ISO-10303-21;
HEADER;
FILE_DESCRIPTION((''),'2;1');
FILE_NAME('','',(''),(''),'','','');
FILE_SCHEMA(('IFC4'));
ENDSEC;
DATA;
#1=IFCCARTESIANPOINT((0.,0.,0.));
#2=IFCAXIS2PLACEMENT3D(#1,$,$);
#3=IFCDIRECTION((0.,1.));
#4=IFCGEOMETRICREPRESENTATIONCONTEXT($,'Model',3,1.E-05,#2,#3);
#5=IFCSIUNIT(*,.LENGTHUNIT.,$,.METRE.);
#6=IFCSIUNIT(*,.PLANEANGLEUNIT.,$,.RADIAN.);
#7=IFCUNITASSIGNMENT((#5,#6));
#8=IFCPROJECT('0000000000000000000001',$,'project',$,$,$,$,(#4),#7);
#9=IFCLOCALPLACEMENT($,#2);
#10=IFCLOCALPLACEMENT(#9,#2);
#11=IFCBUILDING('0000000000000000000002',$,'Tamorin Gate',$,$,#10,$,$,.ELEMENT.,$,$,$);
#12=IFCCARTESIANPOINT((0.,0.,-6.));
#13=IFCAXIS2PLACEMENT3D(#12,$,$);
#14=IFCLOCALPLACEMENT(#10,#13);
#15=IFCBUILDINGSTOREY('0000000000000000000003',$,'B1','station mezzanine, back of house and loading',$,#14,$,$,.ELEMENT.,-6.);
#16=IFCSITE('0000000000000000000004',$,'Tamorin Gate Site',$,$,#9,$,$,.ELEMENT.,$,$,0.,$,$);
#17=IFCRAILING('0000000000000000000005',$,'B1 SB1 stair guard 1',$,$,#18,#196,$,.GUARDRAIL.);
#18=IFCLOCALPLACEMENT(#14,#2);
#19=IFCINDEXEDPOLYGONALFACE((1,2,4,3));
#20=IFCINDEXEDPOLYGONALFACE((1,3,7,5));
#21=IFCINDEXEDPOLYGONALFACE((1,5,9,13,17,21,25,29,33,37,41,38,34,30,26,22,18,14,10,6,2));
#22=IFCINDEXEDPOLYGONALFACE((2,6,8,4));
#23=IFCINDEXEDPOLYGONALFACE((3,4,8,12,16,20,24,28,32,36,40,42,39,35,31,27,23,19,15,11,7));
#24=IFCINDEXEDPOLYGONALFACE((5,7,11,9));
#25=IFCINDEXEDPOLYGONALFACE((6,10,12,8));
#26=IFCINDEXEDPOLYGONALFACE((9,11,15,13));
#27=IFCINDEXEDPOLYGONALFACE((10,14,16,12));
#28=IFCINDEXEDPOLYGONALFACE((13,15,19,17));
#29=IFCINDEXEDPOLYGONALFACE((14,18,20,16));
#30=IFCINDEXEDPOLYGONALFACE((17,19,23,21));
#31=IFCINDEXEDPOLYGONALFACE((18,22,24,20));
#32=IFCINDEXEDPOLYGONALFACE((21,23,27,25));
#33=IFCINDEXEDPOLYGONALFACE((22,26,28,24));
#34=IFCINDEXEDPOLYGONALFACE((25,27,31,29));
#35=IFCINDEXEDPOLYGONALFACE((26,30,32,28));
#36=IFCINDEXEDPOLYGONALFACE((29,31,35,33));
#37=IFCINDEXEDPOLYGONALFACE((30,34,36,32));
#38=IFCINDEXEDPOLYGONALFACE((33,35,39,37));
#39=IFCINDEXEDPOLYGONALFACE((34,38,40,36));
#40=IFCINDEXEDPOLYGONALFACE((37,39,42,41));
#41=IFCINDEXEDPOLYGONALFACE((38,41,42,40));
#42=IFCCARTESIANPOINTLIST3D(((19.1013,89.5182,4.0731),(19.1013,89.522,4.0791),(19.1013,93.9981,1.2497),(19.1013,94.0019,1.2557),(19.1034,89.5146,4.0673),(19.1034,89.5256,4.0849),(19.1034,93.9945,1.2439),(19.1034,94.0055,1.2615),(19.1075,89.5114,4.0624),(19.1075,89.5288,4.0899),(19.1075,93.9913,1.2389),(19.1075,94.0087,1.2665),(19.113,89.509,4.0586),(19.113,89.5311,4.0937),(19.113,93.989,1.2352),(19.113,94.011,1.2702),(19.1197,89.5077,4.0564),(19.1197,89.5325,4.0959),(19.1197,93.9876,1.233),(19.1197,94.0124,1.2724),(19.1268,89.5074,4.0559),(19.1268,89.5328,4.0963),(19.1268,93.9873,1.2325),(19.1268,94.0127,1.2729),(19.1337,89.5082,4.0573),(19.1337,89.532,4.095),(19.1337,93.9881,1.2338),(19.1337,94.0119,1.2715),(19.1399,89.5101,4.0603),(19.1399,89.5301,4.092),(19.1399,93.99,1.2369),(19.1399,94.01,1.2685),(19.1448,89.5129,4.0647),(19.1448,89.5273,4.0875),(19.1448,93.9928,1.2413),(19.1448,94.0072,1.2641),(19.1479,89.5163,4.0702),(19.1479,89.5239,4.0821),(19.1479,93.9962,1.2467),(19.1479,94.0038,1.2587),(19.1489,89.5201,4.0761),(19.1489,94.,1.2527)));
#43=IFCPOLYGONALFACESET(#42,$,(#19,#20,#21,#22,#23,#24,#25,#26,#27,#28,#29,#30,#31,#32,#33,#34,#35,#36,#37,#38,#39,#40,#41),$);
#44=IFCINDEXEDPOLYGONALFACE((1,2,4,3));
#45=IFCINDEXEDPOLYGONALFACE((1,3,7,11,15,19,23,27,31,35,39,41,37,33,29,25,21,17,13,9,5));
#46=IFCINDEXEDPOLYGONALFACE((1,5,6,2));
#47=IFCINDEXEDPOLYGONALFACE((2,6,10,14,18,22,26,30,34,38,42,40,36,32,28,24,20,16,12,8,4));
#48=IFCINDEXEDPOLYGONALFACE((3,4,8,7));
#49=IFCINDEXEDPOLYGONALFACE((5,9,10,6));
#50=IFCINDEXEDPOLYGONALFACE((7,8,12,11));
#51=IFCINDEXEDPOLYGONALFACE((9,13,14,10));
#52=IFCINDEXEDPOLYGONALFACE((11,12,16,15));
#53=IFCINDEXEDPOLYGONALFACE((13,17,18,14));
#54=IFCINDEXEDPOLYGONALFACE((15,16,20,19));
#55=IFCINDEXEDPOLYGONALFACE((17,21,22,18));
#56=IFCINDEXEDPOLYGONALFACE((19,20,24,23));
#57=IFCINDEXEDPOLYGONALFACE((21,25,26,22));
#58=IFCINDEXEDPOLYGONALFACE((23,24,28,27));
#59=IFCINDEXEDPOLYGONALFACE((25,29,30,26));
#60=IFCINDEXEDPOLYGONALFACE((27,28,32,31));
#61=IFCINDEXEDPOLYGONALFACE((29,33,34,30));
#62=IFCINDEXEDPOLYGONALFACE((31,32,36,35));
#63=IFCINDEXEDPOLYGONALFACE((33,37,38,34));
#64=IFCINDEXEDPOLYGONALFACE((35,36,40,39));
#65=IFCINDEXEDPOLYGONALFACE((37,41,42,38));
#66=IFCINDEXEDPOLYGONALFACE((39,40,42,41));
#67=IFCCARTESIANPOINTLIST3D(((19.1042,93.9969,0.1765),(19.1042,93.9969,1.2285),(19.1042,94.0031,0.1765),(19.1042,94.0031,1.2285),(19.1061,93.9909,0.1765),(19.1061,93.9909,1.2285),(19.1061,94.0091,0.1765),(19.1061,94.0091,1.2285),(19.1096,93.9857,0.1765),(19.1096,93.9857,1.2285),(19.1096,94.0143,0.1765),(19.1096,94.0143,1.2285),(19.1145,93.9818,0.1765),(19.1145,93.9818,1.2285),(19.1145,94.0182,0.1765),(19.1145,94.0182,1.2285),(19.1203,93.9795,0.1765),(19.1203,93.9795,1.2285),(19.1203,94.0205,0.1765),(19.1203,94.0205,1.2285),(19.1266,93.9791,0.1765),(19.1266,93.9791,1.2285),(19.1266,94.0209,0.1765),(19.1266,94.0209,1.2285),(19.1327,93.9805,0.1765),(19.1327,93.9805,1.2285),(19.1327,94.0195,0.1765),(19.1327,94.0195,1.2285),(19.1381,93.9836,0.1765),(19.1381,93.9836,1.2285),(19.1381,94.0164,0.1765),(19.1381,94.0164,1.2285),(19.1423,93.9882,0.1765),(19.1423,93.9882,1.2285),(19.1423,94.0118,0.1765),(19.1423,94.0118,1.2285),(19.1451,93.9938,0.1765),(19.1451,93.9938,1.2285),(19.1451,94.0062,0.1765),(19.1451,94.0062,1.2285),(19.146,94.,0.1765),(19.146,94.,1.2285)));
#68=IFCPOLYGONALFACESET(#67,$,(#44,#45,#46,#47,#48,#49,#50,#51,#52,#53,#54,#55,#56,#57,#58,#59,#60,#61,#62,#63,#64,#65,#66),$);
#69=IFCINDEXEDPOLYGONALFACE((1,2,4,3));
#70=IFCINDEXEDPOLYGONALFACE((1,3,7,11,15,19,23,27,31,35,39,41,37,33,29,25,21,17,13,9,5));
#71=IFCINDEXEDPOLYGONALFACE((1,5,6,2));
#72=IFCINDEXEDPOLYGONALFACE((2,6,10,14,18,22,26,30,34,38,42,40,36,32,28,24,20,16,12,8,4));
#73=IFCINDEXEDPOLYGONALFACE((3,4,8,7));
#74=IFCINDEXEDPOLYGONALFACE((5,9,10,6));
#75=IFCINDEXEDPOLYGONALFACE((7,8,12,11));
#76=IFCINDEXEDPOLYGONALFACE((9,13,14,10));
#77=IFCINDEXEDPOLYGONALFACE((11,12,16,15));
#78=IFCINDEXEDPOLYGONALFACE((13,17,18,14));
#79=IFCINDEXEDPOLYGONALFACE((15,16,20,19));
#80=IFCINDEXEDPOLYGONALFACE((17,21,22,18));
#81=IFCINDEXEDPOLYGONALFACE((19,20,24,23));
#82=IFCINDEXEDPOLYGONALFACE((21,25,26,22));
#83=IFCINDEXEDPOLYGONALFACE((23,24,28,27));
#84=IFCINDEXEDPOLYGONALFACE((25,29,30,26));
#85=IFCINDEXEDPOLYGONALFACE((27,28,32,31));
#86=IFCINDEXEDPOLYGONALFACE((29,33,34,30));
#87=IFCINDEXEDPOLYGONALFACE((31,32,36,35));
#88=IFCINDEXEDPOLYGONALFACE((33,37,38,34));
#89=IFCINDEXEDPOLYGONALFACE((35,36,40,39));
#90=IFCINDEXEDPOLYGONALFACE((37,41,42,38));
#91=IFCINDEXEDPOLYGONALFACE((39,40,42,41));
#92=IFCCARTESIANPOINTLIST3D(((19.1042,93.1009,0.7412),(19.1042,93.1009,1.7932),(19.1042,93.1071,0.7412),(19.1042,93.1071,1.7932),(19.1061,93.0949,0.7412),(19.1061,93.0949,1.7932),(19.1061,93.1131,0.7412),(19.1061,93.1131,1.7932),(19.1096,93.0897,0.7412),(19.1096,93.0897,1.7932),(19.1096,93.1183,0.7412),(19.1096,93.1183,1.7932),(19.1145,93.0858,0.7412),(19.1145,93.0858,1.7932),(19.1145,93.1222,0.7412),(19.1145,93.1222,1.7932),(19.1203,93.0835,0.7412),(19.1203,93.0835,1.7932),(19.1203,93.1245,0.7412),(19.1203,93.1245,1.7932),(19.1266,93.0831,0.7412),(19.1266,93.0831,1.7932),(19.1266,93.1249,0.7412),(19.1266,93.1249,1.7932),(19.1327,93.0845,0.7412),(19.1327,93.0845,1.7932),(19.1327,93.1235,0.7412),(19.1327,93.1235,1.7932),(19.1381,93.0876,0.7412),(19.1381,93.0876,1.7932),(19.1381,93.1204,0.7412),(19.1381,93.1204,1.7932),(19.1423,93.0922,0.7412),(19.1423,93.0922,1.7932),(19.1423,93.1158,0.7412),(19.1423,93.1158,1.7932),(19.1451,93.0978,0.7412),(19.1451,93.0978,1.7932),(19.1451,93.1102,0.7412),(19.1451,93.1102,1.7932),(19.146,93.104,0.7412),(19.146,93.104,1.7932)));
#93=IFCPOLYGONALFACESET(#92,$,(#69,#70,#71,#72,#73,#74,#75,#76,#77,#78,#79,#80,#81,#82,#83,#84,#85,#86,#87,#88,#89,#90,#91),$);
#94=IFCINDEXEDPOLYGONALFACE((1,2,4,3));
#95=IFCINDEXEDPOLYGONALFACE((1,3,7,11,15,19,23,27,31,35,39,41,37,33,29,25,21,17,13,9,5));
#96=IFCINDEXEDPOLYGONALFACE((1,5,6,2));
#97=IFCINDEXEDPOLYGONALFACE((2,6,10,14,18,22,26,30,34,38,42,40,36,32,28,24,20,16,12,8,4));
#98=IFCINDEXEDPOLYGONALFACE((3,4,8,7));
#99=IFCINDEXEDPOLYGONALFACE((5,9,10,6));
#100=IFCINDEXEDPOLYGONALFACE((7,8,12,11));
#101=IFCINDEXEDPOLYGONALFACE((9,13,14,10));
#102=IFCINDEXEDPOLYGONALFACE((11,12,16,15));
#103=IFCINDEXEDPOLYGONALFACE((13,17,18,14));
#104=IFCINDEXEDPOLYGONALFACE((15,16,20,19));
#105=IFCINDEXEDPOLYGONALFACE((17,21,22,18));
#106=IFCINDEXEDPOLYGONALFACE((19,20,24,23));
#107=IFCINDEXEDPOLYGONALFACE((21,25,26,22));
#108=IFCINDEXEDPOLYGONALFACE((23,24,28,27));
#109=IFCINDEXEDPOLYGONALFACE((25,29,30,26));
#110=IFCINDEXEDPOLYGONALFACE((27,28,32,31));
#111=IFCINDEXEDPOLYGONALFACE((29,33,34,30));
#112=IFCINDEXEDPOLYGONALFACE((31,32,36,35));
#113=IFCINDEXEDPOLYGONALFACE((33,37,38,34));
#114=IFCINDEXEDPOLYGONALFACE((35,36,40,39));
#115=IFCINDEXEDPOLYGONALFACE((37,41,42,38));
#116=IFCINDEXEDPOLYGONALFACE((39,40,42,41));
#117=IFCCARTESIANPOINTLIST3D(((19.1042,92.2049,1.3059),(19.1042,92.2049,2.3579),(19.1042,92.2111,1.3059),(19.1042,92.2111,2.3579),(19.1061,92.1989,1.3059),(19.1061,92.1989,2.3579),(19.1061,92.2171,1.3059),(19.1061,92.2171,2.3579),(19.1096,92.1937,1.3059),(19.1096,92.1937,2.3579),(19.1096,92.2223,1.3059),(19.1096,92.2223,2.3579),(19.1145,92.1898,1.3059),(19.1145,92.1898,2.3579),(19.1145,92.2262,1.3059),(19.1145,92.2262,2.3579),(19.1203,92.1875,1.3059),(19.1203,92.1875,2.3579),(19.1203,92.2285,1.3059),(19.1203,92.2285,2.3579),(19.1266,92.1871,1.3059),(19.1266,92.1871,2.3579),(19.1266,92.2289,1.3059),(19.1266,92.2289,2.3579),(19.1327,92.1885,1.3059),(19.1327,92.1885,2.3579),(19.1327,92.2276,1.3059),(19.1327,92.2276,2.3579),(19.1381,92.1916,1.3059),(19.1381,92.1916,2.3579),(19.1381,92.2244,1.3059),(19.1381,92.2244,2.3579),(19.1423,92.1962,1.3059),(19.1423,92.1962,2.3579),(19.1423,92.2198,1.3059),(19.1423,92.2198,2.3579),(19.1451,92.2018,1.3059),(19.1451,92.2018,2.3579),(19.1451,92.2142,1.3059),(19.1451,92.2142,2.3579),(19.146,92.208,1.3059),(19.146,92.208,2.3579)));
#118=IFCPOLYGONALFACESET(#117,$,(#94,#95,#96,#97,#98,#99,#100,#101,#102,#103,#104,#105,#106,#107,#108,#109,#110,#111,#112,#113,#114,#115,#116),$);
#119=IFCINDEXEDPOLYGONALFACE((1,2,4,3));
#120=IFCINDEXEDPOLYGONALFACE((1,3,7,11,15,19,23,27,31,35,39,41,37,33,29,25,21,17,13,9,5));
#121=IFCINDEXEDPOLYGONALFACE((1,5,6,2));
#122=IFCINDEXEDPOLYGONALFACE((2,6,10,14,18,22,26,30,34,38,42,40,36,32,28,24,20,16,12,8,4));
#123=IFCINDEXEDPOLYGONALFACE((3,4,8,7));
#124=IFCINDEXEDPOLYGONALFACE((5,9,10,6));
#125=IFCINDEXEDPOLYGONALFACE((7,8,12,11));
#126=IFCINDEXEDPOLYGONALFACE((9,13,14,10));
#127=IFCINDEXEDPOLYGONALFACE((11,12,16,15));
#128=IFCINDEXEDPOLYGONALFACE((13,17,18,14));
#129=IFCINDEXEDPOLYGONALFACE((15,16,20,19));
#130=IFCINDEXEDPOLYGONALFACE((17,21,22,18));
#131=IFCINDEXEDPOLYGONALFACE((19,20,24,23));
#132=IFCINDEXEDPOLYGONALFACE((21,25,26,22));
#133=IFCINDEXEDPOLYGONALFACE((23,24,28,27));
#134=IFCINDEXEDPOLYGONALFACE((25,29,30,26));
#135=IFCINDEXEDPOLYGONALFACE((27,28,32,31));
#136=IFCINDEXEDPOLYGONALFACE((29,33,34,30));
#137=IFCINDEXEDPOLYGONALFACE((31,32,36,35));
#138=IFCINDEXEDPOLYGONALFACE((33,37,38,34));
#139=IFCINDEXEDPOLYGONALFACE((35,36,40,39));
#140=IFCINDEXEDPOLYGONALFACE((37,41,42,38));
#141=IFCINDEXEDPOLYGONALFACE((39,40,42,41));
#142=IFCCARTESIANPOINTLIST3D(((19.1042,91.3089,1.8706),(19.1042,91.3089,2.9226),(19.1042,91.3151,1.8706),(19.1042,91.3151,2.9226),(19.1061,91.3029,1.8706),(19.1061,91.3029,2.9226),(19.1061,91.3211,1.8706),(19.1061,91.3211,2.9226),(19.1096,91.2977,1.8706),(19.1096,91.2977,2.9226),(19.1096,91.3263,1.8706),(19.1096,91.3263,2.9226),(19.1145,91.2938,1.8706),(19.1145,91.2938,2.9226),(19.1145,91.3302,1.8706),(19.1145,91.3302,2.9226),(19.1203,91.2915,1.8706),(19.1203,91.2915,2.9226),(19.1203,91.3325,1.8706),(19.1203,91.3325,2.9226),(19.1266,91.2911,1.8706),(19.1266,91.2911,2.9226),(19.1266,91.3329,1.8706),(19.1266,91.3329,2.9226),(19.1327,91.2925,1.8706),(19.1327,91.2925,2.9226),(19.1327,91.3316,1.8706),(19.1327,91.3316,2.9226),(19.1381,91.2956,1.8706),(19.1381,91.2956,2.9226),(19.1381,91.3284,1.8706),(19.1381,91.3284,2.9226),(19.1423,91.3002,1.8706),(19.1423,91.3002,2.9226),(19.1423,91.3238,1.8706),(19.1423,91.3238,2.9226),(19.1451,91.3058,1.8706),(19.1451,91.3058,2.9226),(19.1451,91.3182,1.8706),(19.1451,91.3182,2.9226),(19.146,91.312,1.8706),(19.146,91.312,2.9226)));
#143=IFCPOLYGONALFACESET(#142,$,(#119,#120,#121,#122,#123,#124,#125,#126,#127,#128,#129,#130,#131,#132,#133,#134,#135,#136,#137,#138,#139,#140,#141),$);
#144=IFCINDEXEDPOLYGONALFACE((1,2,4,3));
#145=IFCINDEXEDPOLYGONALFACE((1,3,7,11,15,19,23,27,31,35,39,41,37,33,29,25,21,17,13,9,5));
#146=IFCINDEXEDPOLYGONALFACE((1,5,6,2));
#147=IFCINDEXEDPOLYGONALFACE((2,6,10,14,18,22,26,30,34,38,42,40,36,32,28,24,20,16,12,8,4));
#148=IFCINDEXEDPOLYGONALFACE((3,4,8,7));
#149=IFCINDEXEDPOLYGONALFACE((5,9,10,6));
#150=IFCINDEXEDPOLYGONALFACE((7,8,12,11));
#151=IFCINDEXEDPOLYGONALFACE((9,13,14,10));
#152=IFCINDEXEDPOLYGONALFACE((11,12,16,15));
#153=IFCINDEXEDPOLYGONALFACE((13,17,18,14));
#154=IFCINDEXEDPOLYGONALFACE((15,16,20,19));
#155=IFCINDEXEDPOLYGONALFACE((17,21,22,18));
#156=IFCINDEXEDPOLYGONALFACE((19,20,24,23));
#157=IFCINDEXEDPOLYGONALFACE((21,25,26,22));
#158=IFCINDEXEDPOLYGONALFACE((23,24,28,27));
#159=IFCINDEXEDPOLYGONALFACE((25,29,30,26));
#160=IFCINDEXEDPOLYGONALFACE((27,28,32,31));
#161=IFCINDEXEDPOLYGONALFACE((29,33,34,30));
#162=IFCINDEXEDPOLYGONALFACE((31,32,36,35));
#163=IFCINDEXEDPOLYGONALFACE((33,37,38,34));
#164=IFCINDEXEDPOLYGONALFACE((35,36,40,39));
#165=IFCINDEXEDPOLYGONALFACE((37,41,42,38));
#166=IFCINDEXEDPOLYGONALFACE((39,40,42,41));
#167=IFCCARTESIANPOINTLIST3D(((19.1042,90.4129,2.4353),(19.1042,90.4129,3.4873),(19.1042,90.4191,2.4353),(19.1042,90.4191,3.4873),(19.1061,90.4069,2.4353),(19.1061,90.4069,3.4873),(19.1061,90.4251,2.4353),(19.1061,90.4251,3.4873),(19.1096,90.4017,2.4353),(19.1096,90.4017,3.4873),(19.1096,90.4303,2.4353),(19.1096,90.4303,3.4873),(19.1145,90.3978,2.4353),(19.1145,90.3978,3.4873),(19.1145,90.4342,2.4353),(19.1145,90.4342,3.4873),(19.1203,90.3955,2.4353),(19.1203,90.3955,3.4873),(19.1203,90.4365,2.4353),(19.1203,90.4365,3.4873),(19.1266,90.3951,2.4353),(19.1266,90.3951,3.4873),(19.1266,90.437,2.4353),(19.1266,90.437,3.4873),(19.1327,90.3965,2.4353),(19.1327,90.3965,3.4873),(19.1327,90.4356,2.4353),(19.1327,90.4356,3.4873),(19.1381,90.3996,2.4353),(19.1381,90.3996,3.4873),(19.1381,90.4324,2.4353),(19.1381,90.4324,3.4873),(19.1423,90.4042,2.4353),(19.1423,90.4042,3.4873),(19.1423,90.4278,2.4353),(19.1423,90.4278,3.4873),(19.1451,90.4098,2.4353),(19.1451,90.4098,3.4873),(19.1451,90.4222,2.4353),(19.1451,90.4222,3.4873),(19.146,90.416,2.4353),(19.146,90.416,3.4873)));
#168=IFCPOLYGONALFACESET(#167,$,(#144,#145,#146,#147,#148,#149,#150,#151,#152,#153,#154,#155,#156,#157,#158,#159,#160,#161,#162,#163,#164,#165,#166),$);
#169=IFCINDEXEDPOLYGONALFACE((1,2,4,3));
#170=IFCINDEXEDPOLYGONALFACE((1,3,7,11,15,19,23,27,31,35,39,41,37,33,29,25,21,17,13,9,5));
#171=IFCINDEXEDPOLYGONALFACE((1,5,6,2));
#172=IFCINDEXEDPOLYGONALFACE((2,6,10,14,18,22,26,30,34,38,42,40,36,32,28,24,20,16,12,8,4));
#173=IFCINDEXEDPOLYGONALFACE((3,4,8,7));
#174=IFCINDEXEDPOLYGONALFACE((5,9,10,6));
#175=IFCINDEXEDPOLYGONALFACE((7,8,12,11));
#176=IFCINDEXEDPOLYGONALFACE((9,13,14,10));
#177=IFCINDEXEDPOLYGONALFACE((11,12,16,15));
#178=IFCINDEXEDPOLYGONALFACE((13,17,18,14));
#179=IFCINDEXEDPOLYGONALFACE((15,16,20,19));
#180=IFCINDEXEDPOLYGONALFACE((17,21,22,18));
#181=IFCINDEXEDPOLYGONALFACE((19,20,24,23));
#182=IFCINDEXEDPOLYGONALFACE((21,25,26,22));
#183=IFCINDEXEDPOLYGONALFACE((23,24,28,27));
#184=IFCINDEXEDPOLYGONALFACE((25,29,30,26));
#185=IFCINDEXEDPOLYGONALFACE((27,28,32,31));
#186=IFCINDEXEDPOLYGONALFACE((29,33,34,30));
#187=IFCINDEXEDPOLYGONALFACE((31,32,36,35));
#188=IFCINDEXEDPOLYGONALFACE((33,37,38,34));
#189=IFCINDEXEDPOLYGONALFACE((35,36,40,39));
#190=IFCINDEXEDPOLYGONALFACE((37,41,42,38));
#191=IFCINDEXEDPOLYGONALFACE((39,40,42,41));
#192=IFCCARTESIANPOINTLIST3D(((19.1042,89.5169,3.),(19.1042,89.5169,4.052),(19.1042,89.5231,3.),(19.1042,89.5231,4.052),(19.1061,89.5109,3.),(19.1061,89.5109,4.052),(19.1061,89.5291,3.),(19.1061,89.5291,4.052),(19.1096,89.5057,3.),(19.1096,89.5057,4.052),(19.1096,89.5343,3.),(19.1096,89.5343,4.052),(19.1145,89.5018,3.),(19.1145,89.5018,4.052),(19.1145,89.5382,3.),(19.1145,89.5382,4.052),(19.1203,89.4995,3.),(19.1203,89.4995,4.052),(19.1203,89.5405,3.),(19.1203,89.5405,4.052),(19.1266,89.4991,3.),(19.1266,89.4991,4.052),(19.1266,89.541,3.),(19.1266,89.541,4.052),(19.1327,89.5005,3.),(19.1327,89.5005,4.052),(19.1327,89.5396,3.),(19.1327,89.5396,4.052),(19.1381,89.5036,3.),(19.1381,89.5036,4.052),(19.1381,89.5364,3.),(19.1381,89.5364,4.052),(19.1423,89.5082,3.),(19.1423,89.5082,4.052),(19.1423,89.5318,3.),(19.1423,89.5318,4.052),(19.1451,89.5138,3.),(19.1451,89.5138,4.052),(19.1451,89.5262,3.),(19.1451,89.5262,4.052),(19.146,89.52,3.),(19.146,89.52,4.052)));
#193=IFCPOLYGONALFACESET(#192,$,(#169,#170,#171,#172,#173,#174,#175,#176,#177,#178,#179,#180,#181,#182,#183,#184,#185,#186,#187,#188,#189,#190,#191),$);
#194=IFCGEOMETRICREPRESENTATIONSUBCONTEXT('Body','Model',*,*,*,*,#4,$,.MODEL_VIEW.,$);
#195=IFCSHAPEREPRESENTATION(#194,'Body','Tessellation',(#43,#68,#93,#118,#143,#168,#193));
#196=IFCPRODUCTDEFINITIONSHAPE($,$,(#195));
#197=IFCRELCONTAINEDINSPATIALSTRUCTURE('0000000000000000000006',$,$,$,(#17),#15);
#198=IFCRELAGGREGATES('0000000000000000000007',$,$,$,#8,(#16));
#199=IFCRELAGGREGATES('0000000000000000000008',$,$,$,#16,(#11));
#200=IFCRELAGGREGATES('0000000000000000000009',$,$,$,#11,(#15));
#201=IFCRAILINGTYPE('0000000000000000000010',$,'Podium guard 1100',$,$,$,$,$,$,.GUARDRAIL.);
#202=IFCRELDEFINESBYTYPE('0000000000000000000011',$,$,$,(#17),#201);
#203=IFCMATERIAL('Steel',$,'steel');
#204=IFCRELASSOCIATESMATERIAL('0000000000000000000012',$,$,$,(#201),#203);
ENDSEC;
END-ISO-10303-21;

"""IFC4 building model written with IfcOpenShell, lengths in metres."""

from ifc_helpers import new_model, si_unit, direction, frame, origin, origin_2d, place, context, subcontext, project, spatial, circle, extrude, material, type_object, element, save


model = new_model("IFC4")

# Units and contexts
model_context = context("Model", 3, precision=1e-05, world=origin(), true_north=direction((0.0, 1.0)))
body_context = subcontext(model_context, "Body", "Model", "MODEL_VIEW")
ifc_project = project(units=[si_unit("LENGTHUNIT", "METRE"), si_unit("PLANEANGLEUNIT", "RADIAN")], contexts=[model_context])

# Site, building, storey
site_placement = place(None, origin())
site = spatial("IfcSite", under=ifc_project, at=site_placement, Name="Tamorin Gate Site", CompositionType="ELEMENT", RefElevation=0.0)
building_placement = place(site_placement, origin())
building = spatial("IfcBuilding", under=site, at=building_placement, Name="Tamorin Gate", CompositionType="ELEMENT")
storey_placement = place(building_placement, frame((0.0, 0.0, -6.0)))
storey = spatial("IfcBuildingStorey", under=building, at=storey_placement, Name="B1", Description="station mezzanine, back of house and loading", CompositionType="ELEMENT", Elevation=-6.0)

# Railing
ifc_material_1 = material(Name="Steel", Category="steel")
railing_type_1 = type_object("IfcRailingType", Name="Podium guard 1100", PredefinedType="GUARDRAIL", material=ifc_material_1)
railing_1_placement = place(storey_placement, frame((19.125, 94.0, 0.1765)))
element("IfcRailing", 1, at=railing_1_placement, inside=storey, type_object=railing_type_1, Name="B1 SB1 stair guard 1", PredefinedType="GUARDRAIL", context=body_context, shape_type="SweptSolid", body=[
    extrude(circle(Radius=0.0239, at=origin_2d()), frame((0.0, 0.0, 1.0762), z_axis=(0.0, -0.845998, 0.533186), x_axis=(1.0, 0.0, 0.0)), (0.0, 0.0, 1.0), 5.2954),
    extrude(circle(Radius=0.021, at=origin_2d()), origin(), (0.0, 0.0, 1.0), 1.052),
    extrude(circle(Radius=0.021, at=origin_2d()), frame((0.0, -0.896, 0.5647)), (0.0, 0.0, 1.0), 1.052),
    extrude(circle(Radius=0.021, at=origin_2d()), frame((0.0, -1.792, 1.1294)), (0.0, 0.0, 1.0), 1.052),
    extrude(circle(Radius=0.021, at=origin_2d()), frame((0.0, -2.688, 1.6941)), (0.0, 0.0, 1.0), 1.052),
    extrude(circle(Radius=0.021, at=origin_2d()), frame((0.0, -3.584, 2.2588)), (0.0, 0.0, 1.0), 1.052),
    extrude(circle(Radius=0.021, at=origin_2d()), frame((0.0, -4.48, 2.8235)), (0.0, 0.0, 1.0), 1.052),
])

save(model, "model.ifc")
